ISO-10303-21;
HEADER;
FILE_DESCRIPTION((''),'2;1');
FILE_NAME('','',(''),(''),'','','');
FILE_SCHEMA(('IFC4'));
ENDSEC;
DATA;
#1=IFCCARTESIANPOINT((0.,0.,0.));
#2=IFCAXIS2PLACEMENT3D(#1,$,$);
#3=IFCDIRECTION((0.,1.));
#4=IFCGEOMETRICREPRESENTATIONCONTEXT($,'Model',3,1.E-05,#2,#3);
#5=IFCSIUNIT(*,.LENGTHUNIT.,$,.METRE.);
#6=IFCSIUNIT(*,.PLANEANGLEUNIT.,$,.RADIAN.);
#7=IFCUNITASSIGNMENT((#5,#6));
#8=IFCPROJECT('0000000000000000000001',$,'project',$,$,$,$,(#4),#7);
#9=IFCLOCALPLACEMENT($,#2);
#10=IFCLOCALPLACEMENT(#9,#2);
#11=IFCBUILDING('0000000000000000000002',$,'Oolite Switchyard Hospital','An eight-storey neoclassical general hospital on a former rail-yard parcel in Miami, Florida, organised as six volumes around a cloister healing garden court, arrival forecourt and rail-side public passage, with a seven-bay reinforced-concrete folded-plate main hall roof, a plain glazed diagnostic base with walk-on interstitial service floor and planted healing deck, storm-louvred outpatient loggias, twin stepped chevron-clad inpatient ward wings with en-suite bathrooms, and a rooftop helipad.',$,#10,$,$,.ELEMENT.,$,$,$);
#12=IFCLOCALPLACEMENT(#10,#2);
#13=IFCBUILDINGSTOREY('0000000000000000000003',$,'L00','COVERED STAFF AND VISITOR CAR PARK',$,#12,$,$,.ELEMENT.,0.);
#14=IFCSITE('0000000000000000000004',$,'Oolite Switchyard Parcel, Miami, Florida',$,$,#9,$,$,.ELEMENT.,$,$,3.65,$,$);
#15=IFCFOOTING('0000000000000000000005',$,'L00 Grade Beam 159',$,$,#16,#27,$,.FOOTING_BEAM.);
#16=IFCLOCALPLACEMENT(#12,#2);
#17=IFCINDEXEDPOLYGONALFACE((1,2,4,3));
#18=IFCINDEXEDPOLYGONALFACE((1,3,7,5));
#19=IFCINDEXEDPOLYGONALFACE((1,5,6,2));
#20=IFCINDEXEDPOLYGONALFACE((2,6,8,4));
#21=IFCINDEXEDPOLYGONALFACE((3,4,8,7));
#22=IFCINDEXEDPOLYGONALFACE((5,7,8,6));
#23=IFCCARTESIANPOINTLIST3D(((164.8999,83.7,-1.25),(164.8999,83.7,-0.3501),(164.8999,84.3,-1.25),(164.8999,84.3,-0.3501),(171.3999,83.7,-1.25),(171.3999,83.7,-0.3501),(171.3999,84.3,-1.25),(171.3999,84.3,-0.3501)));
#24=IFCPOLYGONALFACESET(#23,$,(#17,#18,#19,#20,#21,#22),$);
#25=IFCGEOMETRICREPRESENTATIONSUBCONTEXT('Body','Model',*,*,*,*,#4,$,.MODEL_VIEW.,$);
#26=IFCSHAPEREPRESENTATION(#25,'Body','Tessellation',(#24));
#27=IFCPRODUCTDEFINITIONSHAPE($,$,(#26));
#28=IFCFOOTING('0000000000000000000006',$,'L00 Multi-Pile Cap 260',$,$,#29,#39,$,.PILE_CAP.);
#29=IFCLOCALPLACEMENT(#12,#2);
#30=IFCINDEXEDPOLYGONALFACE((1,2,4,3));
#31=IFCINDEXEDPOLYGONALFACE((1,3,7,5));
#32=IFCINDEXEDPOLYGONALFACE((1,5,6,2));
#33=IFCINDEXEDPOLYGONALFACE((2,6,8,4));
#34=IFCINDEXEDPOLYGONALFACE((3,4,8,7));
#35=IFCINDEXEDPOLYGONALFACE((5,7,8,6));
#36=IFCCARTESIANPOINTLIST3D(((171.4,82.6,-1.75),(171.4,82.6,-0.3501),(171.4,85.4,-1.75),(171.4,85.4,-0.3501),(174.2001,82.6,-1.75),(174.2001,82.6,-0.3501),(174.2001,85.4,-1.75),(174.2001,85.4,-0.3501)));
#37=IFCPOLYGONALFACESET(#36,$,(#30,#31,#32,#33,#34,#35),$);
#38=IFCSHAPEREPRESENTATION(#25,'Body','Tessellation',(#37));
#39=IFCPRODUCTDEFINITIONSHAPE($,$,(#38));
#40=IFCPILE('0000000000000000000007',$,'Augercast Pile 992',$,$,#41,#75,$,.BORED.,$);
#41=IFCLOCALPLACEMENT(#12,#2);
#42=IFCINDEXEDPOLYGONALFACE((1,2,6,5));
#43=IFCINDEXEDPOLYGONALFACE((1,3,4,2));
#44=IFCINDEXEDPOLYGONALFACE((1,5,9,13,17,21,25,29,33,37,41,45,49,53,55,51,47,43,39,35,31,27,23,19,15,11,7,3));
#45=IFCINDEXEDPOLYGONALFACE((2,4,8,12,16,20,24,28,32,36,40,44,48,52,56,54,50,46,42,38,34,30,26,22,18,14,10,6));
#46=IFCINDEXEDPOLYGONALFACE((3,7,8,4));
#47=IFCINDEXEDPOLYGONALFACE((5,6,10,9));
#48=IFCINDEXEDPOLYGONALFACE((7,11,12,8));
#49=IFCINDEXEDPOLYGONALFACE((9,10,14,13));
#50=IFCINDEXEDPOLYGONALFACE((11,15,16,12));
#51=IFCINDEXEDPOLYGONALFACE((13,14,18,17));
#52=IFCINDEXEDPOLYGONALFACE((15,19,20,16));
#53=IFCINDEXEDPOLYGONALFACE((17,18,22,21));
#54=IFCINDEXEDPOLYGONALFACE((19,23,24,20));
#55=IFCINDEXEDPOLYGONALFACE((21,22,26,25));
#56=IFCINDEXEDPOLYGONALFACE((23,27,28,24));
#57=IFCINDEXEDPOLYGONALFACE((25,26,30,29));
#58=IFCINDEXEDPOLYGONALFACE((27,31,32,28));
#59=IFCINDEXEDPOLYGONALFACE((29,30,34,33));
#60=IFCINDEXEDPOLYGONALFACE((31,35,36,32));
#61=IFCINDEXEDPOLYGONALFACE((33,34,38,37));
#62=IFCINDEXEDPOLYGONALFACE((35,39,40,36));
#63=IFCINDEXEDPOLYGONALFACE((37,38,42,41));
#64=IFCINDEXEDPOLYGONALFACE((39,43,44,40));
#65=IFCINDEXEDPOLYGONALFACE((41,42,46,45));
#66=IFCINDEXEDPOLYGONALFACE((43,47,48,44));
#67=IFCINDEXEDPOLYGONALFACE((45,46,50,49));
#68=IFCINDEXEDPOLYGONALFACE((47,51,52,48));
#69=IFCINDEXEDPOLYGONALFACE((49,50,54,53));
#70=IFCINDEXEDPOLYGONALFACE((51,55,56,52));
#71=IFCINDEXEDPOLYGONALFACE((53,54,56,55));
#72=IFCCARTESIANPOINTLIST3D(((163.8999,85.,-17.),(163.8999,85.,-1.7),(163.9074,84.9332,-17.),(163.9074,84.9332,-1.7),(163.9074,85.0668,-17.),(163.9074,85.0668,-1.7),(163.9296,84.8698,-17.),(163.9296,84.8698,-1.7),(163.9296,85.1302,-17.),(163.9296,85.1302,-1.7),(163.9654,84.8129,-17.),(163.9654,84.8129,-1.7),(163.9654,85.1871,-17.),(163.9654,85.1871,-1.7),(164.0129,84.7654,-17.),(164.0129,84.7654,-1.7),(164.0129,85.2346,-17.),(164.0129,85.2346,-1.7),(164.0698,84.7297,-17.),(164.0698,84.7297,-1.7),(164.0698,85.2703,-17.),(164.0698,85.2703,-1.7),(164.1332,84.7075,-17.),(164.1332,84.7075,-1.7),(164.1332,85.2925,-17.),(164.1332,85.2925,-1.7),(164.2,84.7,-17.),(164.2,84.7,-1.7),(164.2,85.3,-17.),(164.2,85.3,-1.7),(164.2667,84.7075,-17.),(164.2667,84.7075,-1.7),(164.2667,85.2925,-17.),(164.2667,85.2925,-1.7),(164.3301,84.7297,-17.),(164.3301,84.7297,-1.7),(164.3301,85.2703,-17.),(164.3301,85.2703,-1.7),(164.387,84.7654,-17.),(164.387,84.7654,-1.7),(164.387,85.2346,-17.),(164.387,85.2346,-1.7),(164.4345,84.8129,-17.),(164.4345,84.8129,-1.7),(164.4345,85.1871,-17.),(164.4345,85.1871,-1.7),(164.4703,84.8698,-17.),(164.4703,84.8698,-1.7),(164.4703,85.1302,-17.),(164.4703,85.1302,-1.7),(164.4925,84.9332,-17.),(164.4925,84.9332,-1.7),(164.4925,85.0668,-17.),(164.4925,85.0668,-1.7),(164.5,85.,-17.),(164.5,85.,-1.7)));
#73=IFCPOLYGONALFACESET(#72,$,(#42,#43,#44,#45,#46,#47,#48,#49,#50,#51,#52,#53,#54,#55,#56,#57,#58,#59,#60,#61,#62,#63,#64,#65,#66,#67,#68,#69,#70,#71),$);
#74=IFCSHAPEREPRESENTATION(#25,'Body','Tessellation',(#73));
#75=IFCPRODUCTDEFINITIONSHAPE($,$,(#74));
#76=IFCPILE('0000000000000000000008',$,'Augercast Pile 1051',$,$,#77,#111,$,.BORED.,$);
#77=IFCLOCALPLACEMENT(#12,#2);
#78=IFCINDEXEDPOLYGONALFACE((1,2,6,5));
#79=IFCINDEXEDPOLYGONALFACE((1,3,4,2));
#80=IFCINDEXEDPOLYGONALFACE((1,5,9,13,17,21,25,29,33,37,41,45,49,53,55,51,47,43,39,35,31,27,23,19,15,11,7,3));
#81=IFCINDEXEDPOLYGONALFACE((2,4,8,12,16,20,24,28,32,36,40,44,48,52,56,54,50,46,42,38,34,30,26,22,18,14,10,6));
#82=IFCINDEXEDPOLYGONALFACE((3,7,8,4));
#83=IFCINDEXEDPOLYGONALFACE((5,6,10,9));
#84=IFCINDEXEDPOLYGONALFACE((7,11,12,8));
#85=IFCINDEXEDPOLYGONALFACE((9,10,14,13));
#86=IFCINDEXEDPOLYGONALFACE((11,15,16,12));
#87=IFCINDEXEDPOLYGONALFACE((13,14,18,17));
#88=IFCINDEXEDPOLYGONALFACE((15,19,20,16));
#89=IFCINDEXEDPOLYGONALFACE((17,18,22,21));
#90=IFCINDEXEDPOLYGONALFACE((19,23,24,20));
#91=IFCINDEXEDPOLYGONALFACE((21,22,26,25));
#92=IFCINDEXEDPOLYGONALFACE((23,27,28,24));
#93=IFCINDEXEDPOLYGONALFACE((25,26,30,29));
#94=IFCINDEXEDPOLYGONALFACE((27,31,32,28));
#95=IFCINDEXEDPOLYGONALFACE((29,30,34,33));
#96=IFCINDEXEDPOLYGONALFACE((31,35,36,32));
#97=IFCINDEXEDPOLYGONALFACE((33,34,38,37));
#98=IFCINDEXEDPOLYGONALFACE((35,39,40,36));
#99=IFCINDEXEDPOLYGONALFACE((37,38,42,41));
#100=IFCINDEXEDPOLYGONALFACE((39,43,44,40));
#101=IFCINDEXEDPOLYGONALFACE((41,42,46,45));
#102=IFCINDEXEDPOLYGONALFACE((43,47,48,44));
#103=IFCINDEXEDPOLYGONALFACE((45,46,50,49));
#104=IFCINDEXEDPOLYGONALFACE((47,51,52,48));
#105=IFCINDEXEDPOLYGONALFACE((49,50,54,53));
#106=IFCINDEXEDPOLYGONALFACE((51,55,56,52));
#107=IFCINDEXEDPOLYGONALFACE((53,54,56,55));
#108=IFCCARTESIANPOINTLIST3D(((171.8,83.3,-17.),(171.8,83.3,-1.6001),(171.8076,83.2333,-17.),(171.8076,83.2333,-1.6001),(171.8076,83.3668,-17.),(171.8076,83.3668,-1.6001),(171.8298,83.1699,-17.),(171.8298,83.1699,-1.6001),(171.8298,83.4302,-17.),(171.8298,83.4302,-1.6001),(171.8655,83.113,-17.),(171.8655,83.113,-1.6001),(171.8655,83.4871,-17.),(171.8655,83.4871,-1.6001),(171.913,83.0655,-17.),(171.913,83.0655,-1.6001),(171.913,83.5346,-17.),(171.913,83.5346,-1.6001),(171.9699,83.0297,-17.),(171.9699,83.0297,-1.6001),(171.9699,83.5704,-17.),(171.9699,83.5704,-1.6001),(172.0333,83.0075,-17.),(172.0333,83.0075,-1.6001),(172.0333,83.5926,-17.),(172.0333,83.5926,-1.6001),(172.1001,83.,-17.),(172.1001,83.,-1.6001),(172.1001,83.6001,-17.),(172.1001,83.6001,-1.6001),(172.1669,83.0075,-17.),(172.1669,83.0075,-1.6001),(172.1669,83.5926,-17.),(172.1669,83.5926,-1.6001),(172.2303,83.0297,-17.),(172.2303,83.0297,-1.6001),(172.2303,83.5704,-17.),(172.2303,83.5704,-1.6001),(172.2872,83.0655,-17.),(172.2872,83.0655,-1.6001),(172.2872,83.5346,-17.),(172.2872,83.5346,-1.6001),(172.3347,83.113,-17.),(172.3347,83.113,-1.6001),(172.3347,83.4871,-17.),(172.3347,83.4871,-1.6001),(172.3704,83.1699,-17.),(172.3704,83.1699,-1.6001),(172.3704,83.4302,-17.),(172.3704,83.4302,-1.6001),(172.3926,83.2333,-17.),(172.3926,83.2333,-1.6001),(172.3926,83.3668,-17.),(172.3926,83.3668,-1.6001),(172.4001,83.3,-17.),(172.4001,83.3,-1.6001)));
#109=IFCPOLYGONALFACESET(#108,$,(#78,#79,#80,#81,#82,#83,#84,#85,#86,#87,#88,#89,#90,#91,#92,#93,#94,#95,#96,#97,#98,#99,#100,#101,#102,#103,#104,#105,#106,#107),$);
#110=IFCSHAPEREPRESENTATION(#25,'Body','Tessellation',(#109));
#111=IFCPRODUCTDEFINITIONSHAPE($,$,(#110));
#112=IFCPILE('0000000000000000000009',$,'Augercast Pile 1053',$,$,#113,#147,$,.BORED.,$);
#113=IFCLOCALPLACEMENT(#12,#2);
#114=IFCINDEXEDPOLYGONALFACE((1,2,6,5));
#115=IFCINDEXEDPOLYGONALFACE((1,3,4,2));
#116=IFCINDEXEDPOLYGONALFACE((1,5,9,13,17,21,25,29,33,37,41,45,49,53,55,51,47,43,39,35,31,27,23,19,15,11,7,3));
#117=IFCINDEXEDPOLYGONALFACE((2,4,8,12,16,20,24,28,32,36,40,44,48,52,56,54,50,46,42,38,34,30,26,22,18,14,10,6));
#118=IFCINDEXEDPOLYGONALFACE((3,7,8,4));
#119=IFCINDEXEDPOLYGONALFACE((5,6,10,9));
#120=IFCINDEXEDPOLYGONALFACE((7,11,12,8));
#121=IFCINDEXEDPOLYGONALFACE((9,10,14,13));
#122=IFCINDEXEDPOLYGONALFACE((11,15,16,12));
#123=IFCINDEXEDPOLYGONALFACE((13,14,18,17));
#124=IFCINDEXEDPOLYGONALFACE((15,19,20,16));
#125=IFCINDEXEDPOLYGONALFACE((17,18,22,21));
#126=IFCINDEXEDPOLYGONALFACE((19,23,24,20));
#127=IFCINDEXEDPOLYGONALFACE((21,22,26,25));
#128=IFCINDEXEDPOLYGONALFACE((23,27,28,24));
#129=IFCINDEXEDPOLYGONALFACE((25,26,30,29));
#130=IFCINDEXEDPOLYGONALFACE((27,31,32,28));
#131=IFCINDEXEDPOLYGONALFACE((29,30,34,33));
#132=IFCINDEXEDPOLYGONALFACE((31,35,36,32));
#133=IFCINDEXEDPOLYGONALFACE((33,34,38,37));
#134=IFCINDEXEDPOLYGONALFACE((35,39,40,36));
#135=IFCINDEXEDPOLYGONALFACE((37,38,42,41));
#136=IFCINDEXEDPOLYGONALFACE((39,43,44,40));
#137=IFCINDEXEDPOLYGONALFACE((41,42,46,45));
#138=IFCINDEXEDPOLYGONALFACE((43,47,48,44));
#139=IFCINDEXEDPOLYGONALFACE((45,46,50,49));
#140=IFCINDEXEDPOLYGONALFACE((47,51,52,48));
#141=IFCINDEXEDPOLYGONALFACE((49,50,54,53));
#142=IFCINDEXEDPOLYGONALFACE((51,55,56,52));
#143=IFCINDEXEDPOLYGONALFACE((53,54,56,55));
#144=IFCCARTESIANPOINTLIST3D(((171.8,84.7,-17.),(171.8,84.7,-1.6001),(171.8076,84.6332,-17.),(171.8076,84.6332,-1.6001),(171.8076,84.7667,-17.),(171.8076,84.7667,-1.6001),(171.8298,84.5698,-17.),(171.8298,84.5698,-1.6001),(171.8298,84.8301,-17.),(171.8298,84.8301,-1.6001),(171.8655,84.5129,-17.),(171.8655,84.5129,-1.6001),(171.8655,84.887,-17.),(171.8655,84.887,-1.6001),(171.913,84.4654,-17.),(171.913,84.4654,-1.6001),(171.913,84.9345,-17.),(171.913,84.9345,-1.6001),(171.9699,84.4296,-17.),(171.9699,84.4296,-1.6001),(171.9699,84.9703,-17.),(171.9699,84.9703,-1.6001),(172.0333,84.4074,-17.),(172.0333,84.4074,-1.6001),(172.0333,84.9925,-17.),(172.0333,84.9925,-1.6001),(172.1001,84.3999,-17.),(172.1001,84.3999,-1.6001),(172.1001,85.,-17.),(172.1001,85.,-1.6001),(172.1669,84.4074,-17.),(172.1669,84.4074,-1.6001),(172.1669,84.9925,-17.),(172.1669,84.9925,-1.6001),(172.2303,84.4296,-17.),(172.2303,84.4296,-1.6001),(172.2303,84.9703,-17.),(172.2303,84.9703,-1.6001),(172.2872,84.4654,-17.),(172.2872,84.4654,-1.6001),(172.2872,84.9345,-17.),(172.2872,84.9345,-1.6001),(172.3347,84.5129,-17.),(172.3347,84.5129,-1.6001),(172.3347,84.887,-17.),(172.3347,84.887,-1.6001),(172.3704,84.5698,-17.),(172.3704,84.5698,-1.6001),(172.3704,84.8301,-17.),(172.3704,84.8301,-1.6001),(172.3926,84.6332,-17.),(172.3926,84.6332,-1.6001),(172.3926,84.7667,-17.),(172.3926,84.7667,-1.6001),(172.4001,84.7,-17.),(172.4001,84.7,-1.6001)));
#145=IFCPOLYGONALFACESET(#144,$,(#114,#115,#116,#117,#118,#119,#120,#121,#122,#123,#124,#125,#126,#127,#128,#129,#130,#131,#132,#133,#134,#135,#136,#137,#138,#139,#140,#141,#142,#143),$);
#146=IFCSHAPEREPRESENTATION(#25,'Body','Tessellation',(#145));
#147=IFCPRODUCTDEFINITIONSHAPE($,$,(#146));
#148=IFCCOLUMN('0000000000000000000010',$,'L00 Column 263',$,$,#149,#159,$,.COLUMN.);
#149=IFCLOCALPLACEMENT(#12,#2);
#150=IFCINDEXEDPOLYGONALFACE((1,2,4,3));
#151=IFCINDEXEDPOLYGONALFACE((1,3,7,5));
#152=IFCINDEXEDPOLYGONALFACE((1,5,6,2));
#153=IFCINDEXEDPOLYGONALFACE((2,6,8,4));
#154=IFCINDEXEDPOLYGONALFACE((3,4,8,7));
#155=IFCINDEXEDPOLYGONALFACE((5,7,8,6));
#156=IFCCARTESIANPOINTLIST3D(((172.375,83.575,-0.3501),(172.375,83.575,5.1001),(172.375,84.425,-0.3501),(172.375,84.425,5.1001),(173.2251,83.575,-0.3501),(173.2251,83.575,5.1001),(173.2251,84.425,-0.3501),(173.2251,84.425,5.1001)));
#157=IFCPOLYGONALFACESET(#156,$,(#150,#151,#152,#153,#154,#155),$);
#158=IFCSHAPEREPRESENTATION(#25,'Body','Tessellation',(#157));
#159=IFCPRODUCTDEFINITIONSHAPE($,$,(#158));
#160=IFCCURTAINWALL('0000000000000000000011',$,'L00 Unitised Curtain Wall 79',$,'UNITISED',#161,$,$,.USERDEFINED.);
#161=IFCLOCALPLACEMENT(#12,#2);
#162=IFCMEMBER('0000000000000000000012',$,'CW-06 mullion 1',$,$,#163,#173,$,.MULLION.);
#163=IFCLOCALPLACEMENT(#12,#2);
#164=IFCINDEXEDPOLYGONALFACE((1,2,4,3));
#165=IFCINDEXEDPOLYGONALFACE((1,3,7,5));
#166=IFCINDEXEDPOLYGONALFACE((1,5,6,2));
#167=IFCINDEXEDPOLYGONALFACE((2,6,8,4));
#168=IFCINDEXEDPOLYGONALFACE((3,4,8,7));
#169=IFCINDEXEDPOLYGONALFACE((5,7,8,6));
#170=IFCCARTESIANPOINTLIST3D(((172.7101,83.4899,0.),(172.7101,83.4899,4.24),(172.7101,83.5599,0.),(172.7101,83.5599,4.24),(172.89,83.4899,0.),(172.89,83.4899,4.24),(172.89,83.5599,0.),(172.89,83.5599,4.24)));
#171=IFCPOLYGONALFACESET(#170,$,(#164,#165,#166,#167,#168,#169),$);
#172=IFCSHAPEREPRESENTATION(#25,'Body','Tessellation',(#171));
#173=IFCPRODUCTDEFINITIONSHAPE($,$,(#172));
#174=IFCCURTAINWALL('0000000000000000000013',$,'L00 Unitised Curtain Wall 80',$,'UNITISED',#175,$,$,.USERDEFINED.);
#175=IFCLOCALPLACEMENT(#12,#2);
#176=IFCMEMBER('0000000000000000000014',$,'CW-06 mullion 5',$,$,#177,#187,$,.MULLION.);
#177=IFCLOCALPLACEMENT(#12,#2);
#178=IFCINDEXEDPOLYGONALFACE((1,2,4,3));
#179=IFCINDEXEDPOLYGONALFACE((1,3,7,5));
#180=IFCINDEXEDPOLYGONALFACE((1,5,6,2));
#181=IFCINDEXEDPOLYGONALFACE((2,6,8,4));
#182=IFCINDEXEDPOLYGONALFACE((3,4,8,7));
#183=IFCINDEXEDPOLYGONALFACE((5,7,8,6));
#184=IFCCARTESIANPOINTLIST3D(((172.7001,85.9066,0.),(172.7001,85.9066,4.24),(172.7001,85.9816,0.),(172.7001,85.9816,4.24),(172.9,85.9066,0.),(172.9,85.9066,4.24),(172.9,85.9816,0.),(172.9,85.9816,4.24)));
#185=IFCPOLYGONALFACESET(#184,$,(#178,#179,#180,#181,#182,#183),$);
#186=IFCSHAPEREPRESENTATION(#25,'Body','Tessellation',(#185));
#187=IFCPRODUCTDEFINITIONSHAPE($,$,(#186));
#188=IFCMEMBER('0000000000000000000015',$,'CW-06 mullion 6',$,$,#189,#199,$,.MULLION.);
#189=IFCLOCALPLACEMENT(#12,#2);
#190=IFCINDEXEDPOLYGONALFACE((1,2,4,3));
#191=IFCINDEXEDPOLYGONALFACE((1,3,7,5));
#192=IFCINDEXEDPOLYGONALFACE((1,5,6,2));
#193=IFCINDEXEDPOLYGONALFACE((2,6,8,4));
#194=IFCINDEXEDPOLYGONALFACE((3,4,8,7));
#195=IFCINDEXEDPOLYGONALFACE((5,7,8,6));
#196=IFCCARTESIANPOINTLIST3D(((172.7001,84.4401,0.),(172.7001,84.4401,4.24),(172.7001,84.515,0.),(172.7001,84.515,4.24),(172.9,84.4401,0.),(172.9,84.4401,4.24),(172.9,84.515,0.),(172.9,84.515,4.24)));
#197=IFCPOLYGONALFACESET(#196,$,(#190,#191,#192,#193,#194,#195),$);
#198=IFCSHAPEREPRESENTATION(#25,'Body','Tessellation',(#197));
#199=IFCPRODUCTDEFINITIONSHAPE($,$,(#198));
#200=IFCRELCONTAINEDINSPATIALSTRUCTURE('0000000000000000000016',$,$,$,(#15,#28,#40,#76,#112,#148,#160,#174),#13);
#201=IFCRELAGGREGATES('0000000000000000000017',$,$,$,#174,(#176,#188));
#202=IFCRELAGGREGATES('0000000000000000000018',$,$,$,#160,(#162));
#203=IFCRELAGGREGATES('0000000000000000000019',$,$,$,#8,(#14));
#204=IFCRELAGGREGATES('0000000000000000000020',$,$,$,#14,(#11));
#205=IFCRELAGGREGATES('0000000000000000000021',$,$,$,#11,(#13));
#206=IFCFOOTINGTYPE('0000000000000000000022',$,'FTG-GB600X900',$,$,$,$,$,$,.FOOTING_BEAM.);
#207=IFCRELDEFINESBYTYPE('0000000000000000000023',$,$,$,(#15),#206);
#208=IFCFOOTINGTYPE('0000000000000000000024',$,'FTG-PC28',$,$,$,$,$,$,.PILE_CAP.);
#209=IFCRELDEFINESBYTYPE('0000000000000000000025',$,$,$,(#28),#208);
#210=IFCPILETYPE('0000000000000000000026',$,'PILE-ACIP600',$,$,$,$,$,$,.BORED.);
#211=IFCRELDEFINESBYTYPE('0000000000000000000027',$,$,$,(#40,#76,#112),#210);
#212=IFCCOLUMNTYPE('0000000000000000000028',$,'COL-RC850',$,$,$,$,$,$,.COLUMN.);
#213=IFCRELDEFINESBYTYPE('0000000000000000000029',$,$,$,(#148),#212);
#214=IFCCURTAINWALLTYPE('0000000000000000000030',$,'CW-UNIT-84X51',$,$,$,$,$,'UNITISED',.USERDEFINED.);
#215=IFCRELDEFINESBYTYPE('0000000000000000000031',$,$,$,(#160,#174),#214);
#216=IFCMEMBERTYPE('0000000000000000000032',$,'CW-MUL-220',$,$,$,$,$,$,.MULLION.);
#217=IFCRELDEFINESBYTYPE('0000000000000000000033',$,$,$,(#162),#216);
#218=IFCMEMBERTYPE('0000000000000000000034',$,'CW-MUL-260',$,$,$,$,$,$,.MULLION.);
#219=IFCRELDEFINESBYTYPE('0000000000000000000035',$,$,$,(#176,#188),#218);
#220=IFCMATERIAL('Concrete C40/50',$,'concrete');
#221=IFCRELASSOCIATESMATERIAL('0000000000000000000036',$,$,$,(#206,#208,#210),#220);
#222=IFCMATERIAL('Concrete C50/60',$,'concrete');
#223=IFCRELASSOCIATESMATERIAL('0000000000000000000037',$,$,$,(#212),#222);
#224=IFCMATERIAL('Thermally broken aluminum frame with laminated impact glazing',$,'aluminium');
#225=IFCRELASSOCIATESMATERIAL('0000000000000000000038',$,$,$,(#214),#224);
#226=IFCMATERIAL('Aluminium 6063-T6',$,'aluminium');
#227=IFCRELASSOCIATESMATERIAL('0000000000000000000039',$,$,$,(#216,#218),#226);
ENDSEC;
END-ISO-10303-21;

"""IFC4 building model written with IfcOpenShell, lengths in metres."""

from ifc_helpers import new_model, si_unit, direction, frame, origin, origin_2d, place, context, subcontext, project, spatial, rectangle, circle, extrude, material, material_profile, profile_set, type_object, element, aggregate, save


model = new_model("IFC4")

# Units and contexts
model_context = context("Model", 3, precision=1e-05, world=origin(), true_north=direction((0.0, 1.0)))
body_context = subcontext(model_context, "Body", "Model", "MODEL_VIEW")
ifc_project = project(units=[si_unit("LENGTHUNIT", "METRE"), si_unit("PLANEANGLEUNIT", "RADIAN")], contexts=[model_context])

# Site, building, storey
site_placement = place(None, origin())
site = spatial("IfcSite", under=ifc_project, at=site_placement, Name="Oolite Switchyard Parcel, Miami, Florida", CompositionType="ELEMENT", RefElevation=3.65)
building_placement = place(site_placement, origin())
building = spatial("IfcBuilding", under=site, at=building_placement, Name="Oolite Switchyard Hospital", Description="An eight-storey neoclassical general hospital on a former rail-yard parcel in Miami, Florida, organised as six volumes around a cloister healing garden court, arrival forecourt and rail-side public passage, with a seven-bay reinforced-concrete folded-plate main hall roof, a plain glazed diagnostic base with walk-on interstitial service floor and planted healing deck, storm-louvred outpatient loggias, twin stepped chevron-clad inpatient ward wings with en-suite bathrooms, and a rooftop helipad.", CompositionType="ELEMENT")
storey_placement = place(building_placement, origin())
storey = spatial("IfcBuildingStorey", under=building, at=storey_placement, Name="L00", Description="COVERED STAFF AND VISITOR CAR PARK", CompositionType="ELEMENT", Elevation=0.0)

# Footings
ifc_material_1 = material(Name="Concrete C40/50", Category="concrete")
footing_type_1 = type_object("IfcFootingType", Name="FTG-GB600X900", PredefinedType="FOOTING_BEAM", material=ifc_material_1)
footing_1_placement = place(storey_placement, frame((168.1499, 84.0, -1.25), z_axis=(0.0, 0.0, 1.0), x_axis=(1.0, 0.0, 0.0)))
element("IfcFooting", 1, at=footing_1_placement, inside=storey, type_object=footing_type_1, Name="L00 Grade Beam 159", PredefinedType="FOOTING_BEAM", context=body_context, shape_type="SweptSolid", body=[
    extrude(rectangle(XDim=6.5, YDim=0.6001, at=origin_2d()), origin(), (0.0, 0.0, 1.0), 0.8999),
])
footing_type_2 = type_object("IfcFootingType", Name="FTG-PC28", PredefinedType="PILE_CAP", material=ifc_material_1)
footing_2_placement = place(storey_placement, frame((172.8, 84.0, -1.75), z_axis=(0.0, 0.0, 1.0), x_axis=(1.0, 0.0, 0.0)))
element("IfcFooting", 2, at=footing_2_placement, inside=storey, type_object=footing_type_2, Name="L00 Multi-Pile Cap 260", PredefinedType="PILE_CAP", context=body_context, shape_type="SweptSolid", body=[
    extrude(rectangle(XDim=2.8, YDim=2.8, at=origin_2d()), origin(), (0.0, 0.0, 1.0), 1.3999),
])

# Piles
ifc_material_profile_1 = material_profile(ifc_material_1, circle(Radius=0.3, at=origin_2d()), Name="PILE600")
ifc_profile_set_1 = profile_set([ifc_material_profile_1], Name="Concrete C40/50")
pile_type = type_object("IfcPileType", Name="PILE-ACIP600", PredefinedType="BORED", material=ifc_profile_set_1)
pile_placement = place(storey_placement, frame((164.2, 85.0, -1.7), z_axis=(0.0, 0.0, -1.0), x_axis=(1.0, 0.0, 0.0)))
element("IfcPile", 3, at=pile_placement, inside=storey, type_object=pile_type, Name="Augercast Pile 992", PredefinedType="BORED", context=body_context, shape_type="SweptSolid", body=[
    extrude(circle(Radius=0.3, at=origin_2d()), origin(), (0.0, 0.0, 1.0), 15.3),
])
for number, where, z_axis, x_axis, name in (
    (4, (172.1001, 83.3, -1.6001), (0.0, 0.0, -1.0), (1.0, 0.0, 0.0), "Augercast Pile 1051"),
    (5, (172.1001, 84.7, -1.6001), (0.0, 0.0, -1.0), (1.0, 0.0, 0.0), "Augercast Pile 1053"),
):
    element("IfcPile", number, at=place(storey_placement, frame(where, z_axis=z_axis, x_axis=x_axis)), inside=storey, type_object=pile_type, Name=name, PredefinedType="BORED", context=body_context, shape_type="SweptSolid", body=[
        extrude(circle(Radius=0.3, at=origin_2d()), origin(), (0.0, 0.0, 1.0), 15.3999),
    ])

# Column
ifc_material_2 = material(Name="Concrete C50/60", Category="concrete")
ifc_material_profile_2 = material_profile(ifc_material_2, rectangle(XDim=0.8501, YDim=0.8501, at=origin_2d()), Name="RC850X850")
ifc_profile_set_2 = profile_set([ifc_material_profile_2], Name="Concrete C50/60")
column_type = type_object("IfcColumnType", Name="COL-RC850", PredefinedType="COLUMN", material=ifc_profile_set_2)
column_placement = place(storey_placement, frame((172.8, 84.0, -0.3501), z_axis=(0.0, 0.0, 1.0), x_axis=(1.0, 0.0, 0.0)))
element("IfcColumn", 6, at=column_placement, inside=storey, type_object=column_type, Name="L00 Column 263", PredefinedType="COLUMN", context=body_context, shape_type="SweptSolid", body=[
    extrude(rectangle(XDim=0.8501, YDim=0.8501, at=origin_2d()), origin(), (0.0, 0.0, 1.0), 5.4502),
])

# Curtain wall, member
ifc_material_3 = material(Name="Thermally broken aluminum frame with laminated impact glazing", Category="aluminium")
curtain_wall_type = type_object("IfcCurtainWallType", Name="CW-UNIT-84X51", ElementType="UNITISED", PredefinedType="USERDEFINED", material=ifc_material_3)
curtain_wall_1_placement = place(storey_placement, origin())
curtain_wall_1 = element("IfcCurtainWall", 7, at=curtain_wall_1_placement, inside=storey, type_object=curtain_wall_type, Name="L00 Unitised Curtain Wall 79", ObjectType="UNITISED", PredefinedType="USERDEFINED")
ifc_material_4 = material(Name="Aluminium 6063-T6", Category="aluminium")
ifc_material_profile_3 = material_profile(ifc_material_4, rectangle(XDim=0.1799, YDim=0.0701, at=origin_2d()), Name="CWM70X180")
ifc_profile_set_3 = profile_set([ifc_material_profile_3], Name="Aluminium 6063-T6")
member_type_1 = type_object("IfcMemberType", Name="CW-MUL-220", PredefinedType="MULLION", material=ifc_profile_set_3)
member_1_placement = place(storey_placement, frame((172.8, 83.5249, 0.0), z_axis=(0.0, 0.0, 1.0), x_axis=(1.0, 0.0, 0.0)))
member_1 = element("IfcMember", 8, at=member_1_placement, type_object=member_type_1, Name="CW-06 mullion 1", PredefinedType="MULLION", context=body_context, shape_type="SweptSolid", body=[
    extrude(rectangle(XDim=0.1799, YDim=0.0701, at=origin_2d()), origin(), (0.0, 0.0, 1.0), 4.24),
])

# Curtain wall, members
curtain_wall_2_placement = place(storey_placement, origin())
curtain_wall_2 = element("IfcCurtainWall", 9, at=curtain_wall_2_placement, inside=storey, type_object=curtain_wall_type, Name="L00 Unitised Curtain Wall 80", ObjectType="UNITISED", PredefinedType="USERDEFINED")
ifc_material_profile_4 = material_profile(ifc_material_4, rectangle(XDim=0.2, YDim=0.075, at=origin_2d()), Name="CWM75X200")
ifc_profile_set_4 = profile_set([ifc_material_profile_4], Name="Aluminium 6063-T6")
member_type_2 = type_object("IfcMemberType", Name="CW-MUL-260", PredefinedType="MULLION", material=ifc_profile_set_4)
member_2_placement = place(storey_placement, frame((172.8, 85.9441, 0.0), z_axis=(0.0, 0.0, 1.0), x_axis=(1.0, 0.0, 0.0)))
member_2 = element("IfcMember", 10, at=member_2_placement, type_object=member_type_2, Name="CW-06 mullion 5", PredefinedType="MULLION", context=body_context, shape_type="SweptSolid", body=[
    extrude(rectangle(XDim=0.2, YDim=0.075, at=origin_2d()), origin(), (0.0, 0.0, 1.0), 4.24),
])
member_3_placement = place(storey_placement, frame((172.8, 84.4775, 0.0), z_axis=(0.0, 0.0, 1.0), x_axis=(1.0, 0.0, 0.0)))
member_3 = element("IfcMember", 11, at=member_3_placement, type_object=member_type_2, Name="CW-06 mullion 6", PredefinedType="MULLION", context=body_context, shape_type="SweptSolid", body=[
    extrude(rectangle(XDim=0.2, YDim=0.075, at=origin_2d()), origin(), (0.0, 0.0, 1.0), 4.24),
])

aggregate(curtain_wall_2, [member_2, member_3])
aggregate(curtain_wall_1, [member_1])

save(model, "model.ifc")
